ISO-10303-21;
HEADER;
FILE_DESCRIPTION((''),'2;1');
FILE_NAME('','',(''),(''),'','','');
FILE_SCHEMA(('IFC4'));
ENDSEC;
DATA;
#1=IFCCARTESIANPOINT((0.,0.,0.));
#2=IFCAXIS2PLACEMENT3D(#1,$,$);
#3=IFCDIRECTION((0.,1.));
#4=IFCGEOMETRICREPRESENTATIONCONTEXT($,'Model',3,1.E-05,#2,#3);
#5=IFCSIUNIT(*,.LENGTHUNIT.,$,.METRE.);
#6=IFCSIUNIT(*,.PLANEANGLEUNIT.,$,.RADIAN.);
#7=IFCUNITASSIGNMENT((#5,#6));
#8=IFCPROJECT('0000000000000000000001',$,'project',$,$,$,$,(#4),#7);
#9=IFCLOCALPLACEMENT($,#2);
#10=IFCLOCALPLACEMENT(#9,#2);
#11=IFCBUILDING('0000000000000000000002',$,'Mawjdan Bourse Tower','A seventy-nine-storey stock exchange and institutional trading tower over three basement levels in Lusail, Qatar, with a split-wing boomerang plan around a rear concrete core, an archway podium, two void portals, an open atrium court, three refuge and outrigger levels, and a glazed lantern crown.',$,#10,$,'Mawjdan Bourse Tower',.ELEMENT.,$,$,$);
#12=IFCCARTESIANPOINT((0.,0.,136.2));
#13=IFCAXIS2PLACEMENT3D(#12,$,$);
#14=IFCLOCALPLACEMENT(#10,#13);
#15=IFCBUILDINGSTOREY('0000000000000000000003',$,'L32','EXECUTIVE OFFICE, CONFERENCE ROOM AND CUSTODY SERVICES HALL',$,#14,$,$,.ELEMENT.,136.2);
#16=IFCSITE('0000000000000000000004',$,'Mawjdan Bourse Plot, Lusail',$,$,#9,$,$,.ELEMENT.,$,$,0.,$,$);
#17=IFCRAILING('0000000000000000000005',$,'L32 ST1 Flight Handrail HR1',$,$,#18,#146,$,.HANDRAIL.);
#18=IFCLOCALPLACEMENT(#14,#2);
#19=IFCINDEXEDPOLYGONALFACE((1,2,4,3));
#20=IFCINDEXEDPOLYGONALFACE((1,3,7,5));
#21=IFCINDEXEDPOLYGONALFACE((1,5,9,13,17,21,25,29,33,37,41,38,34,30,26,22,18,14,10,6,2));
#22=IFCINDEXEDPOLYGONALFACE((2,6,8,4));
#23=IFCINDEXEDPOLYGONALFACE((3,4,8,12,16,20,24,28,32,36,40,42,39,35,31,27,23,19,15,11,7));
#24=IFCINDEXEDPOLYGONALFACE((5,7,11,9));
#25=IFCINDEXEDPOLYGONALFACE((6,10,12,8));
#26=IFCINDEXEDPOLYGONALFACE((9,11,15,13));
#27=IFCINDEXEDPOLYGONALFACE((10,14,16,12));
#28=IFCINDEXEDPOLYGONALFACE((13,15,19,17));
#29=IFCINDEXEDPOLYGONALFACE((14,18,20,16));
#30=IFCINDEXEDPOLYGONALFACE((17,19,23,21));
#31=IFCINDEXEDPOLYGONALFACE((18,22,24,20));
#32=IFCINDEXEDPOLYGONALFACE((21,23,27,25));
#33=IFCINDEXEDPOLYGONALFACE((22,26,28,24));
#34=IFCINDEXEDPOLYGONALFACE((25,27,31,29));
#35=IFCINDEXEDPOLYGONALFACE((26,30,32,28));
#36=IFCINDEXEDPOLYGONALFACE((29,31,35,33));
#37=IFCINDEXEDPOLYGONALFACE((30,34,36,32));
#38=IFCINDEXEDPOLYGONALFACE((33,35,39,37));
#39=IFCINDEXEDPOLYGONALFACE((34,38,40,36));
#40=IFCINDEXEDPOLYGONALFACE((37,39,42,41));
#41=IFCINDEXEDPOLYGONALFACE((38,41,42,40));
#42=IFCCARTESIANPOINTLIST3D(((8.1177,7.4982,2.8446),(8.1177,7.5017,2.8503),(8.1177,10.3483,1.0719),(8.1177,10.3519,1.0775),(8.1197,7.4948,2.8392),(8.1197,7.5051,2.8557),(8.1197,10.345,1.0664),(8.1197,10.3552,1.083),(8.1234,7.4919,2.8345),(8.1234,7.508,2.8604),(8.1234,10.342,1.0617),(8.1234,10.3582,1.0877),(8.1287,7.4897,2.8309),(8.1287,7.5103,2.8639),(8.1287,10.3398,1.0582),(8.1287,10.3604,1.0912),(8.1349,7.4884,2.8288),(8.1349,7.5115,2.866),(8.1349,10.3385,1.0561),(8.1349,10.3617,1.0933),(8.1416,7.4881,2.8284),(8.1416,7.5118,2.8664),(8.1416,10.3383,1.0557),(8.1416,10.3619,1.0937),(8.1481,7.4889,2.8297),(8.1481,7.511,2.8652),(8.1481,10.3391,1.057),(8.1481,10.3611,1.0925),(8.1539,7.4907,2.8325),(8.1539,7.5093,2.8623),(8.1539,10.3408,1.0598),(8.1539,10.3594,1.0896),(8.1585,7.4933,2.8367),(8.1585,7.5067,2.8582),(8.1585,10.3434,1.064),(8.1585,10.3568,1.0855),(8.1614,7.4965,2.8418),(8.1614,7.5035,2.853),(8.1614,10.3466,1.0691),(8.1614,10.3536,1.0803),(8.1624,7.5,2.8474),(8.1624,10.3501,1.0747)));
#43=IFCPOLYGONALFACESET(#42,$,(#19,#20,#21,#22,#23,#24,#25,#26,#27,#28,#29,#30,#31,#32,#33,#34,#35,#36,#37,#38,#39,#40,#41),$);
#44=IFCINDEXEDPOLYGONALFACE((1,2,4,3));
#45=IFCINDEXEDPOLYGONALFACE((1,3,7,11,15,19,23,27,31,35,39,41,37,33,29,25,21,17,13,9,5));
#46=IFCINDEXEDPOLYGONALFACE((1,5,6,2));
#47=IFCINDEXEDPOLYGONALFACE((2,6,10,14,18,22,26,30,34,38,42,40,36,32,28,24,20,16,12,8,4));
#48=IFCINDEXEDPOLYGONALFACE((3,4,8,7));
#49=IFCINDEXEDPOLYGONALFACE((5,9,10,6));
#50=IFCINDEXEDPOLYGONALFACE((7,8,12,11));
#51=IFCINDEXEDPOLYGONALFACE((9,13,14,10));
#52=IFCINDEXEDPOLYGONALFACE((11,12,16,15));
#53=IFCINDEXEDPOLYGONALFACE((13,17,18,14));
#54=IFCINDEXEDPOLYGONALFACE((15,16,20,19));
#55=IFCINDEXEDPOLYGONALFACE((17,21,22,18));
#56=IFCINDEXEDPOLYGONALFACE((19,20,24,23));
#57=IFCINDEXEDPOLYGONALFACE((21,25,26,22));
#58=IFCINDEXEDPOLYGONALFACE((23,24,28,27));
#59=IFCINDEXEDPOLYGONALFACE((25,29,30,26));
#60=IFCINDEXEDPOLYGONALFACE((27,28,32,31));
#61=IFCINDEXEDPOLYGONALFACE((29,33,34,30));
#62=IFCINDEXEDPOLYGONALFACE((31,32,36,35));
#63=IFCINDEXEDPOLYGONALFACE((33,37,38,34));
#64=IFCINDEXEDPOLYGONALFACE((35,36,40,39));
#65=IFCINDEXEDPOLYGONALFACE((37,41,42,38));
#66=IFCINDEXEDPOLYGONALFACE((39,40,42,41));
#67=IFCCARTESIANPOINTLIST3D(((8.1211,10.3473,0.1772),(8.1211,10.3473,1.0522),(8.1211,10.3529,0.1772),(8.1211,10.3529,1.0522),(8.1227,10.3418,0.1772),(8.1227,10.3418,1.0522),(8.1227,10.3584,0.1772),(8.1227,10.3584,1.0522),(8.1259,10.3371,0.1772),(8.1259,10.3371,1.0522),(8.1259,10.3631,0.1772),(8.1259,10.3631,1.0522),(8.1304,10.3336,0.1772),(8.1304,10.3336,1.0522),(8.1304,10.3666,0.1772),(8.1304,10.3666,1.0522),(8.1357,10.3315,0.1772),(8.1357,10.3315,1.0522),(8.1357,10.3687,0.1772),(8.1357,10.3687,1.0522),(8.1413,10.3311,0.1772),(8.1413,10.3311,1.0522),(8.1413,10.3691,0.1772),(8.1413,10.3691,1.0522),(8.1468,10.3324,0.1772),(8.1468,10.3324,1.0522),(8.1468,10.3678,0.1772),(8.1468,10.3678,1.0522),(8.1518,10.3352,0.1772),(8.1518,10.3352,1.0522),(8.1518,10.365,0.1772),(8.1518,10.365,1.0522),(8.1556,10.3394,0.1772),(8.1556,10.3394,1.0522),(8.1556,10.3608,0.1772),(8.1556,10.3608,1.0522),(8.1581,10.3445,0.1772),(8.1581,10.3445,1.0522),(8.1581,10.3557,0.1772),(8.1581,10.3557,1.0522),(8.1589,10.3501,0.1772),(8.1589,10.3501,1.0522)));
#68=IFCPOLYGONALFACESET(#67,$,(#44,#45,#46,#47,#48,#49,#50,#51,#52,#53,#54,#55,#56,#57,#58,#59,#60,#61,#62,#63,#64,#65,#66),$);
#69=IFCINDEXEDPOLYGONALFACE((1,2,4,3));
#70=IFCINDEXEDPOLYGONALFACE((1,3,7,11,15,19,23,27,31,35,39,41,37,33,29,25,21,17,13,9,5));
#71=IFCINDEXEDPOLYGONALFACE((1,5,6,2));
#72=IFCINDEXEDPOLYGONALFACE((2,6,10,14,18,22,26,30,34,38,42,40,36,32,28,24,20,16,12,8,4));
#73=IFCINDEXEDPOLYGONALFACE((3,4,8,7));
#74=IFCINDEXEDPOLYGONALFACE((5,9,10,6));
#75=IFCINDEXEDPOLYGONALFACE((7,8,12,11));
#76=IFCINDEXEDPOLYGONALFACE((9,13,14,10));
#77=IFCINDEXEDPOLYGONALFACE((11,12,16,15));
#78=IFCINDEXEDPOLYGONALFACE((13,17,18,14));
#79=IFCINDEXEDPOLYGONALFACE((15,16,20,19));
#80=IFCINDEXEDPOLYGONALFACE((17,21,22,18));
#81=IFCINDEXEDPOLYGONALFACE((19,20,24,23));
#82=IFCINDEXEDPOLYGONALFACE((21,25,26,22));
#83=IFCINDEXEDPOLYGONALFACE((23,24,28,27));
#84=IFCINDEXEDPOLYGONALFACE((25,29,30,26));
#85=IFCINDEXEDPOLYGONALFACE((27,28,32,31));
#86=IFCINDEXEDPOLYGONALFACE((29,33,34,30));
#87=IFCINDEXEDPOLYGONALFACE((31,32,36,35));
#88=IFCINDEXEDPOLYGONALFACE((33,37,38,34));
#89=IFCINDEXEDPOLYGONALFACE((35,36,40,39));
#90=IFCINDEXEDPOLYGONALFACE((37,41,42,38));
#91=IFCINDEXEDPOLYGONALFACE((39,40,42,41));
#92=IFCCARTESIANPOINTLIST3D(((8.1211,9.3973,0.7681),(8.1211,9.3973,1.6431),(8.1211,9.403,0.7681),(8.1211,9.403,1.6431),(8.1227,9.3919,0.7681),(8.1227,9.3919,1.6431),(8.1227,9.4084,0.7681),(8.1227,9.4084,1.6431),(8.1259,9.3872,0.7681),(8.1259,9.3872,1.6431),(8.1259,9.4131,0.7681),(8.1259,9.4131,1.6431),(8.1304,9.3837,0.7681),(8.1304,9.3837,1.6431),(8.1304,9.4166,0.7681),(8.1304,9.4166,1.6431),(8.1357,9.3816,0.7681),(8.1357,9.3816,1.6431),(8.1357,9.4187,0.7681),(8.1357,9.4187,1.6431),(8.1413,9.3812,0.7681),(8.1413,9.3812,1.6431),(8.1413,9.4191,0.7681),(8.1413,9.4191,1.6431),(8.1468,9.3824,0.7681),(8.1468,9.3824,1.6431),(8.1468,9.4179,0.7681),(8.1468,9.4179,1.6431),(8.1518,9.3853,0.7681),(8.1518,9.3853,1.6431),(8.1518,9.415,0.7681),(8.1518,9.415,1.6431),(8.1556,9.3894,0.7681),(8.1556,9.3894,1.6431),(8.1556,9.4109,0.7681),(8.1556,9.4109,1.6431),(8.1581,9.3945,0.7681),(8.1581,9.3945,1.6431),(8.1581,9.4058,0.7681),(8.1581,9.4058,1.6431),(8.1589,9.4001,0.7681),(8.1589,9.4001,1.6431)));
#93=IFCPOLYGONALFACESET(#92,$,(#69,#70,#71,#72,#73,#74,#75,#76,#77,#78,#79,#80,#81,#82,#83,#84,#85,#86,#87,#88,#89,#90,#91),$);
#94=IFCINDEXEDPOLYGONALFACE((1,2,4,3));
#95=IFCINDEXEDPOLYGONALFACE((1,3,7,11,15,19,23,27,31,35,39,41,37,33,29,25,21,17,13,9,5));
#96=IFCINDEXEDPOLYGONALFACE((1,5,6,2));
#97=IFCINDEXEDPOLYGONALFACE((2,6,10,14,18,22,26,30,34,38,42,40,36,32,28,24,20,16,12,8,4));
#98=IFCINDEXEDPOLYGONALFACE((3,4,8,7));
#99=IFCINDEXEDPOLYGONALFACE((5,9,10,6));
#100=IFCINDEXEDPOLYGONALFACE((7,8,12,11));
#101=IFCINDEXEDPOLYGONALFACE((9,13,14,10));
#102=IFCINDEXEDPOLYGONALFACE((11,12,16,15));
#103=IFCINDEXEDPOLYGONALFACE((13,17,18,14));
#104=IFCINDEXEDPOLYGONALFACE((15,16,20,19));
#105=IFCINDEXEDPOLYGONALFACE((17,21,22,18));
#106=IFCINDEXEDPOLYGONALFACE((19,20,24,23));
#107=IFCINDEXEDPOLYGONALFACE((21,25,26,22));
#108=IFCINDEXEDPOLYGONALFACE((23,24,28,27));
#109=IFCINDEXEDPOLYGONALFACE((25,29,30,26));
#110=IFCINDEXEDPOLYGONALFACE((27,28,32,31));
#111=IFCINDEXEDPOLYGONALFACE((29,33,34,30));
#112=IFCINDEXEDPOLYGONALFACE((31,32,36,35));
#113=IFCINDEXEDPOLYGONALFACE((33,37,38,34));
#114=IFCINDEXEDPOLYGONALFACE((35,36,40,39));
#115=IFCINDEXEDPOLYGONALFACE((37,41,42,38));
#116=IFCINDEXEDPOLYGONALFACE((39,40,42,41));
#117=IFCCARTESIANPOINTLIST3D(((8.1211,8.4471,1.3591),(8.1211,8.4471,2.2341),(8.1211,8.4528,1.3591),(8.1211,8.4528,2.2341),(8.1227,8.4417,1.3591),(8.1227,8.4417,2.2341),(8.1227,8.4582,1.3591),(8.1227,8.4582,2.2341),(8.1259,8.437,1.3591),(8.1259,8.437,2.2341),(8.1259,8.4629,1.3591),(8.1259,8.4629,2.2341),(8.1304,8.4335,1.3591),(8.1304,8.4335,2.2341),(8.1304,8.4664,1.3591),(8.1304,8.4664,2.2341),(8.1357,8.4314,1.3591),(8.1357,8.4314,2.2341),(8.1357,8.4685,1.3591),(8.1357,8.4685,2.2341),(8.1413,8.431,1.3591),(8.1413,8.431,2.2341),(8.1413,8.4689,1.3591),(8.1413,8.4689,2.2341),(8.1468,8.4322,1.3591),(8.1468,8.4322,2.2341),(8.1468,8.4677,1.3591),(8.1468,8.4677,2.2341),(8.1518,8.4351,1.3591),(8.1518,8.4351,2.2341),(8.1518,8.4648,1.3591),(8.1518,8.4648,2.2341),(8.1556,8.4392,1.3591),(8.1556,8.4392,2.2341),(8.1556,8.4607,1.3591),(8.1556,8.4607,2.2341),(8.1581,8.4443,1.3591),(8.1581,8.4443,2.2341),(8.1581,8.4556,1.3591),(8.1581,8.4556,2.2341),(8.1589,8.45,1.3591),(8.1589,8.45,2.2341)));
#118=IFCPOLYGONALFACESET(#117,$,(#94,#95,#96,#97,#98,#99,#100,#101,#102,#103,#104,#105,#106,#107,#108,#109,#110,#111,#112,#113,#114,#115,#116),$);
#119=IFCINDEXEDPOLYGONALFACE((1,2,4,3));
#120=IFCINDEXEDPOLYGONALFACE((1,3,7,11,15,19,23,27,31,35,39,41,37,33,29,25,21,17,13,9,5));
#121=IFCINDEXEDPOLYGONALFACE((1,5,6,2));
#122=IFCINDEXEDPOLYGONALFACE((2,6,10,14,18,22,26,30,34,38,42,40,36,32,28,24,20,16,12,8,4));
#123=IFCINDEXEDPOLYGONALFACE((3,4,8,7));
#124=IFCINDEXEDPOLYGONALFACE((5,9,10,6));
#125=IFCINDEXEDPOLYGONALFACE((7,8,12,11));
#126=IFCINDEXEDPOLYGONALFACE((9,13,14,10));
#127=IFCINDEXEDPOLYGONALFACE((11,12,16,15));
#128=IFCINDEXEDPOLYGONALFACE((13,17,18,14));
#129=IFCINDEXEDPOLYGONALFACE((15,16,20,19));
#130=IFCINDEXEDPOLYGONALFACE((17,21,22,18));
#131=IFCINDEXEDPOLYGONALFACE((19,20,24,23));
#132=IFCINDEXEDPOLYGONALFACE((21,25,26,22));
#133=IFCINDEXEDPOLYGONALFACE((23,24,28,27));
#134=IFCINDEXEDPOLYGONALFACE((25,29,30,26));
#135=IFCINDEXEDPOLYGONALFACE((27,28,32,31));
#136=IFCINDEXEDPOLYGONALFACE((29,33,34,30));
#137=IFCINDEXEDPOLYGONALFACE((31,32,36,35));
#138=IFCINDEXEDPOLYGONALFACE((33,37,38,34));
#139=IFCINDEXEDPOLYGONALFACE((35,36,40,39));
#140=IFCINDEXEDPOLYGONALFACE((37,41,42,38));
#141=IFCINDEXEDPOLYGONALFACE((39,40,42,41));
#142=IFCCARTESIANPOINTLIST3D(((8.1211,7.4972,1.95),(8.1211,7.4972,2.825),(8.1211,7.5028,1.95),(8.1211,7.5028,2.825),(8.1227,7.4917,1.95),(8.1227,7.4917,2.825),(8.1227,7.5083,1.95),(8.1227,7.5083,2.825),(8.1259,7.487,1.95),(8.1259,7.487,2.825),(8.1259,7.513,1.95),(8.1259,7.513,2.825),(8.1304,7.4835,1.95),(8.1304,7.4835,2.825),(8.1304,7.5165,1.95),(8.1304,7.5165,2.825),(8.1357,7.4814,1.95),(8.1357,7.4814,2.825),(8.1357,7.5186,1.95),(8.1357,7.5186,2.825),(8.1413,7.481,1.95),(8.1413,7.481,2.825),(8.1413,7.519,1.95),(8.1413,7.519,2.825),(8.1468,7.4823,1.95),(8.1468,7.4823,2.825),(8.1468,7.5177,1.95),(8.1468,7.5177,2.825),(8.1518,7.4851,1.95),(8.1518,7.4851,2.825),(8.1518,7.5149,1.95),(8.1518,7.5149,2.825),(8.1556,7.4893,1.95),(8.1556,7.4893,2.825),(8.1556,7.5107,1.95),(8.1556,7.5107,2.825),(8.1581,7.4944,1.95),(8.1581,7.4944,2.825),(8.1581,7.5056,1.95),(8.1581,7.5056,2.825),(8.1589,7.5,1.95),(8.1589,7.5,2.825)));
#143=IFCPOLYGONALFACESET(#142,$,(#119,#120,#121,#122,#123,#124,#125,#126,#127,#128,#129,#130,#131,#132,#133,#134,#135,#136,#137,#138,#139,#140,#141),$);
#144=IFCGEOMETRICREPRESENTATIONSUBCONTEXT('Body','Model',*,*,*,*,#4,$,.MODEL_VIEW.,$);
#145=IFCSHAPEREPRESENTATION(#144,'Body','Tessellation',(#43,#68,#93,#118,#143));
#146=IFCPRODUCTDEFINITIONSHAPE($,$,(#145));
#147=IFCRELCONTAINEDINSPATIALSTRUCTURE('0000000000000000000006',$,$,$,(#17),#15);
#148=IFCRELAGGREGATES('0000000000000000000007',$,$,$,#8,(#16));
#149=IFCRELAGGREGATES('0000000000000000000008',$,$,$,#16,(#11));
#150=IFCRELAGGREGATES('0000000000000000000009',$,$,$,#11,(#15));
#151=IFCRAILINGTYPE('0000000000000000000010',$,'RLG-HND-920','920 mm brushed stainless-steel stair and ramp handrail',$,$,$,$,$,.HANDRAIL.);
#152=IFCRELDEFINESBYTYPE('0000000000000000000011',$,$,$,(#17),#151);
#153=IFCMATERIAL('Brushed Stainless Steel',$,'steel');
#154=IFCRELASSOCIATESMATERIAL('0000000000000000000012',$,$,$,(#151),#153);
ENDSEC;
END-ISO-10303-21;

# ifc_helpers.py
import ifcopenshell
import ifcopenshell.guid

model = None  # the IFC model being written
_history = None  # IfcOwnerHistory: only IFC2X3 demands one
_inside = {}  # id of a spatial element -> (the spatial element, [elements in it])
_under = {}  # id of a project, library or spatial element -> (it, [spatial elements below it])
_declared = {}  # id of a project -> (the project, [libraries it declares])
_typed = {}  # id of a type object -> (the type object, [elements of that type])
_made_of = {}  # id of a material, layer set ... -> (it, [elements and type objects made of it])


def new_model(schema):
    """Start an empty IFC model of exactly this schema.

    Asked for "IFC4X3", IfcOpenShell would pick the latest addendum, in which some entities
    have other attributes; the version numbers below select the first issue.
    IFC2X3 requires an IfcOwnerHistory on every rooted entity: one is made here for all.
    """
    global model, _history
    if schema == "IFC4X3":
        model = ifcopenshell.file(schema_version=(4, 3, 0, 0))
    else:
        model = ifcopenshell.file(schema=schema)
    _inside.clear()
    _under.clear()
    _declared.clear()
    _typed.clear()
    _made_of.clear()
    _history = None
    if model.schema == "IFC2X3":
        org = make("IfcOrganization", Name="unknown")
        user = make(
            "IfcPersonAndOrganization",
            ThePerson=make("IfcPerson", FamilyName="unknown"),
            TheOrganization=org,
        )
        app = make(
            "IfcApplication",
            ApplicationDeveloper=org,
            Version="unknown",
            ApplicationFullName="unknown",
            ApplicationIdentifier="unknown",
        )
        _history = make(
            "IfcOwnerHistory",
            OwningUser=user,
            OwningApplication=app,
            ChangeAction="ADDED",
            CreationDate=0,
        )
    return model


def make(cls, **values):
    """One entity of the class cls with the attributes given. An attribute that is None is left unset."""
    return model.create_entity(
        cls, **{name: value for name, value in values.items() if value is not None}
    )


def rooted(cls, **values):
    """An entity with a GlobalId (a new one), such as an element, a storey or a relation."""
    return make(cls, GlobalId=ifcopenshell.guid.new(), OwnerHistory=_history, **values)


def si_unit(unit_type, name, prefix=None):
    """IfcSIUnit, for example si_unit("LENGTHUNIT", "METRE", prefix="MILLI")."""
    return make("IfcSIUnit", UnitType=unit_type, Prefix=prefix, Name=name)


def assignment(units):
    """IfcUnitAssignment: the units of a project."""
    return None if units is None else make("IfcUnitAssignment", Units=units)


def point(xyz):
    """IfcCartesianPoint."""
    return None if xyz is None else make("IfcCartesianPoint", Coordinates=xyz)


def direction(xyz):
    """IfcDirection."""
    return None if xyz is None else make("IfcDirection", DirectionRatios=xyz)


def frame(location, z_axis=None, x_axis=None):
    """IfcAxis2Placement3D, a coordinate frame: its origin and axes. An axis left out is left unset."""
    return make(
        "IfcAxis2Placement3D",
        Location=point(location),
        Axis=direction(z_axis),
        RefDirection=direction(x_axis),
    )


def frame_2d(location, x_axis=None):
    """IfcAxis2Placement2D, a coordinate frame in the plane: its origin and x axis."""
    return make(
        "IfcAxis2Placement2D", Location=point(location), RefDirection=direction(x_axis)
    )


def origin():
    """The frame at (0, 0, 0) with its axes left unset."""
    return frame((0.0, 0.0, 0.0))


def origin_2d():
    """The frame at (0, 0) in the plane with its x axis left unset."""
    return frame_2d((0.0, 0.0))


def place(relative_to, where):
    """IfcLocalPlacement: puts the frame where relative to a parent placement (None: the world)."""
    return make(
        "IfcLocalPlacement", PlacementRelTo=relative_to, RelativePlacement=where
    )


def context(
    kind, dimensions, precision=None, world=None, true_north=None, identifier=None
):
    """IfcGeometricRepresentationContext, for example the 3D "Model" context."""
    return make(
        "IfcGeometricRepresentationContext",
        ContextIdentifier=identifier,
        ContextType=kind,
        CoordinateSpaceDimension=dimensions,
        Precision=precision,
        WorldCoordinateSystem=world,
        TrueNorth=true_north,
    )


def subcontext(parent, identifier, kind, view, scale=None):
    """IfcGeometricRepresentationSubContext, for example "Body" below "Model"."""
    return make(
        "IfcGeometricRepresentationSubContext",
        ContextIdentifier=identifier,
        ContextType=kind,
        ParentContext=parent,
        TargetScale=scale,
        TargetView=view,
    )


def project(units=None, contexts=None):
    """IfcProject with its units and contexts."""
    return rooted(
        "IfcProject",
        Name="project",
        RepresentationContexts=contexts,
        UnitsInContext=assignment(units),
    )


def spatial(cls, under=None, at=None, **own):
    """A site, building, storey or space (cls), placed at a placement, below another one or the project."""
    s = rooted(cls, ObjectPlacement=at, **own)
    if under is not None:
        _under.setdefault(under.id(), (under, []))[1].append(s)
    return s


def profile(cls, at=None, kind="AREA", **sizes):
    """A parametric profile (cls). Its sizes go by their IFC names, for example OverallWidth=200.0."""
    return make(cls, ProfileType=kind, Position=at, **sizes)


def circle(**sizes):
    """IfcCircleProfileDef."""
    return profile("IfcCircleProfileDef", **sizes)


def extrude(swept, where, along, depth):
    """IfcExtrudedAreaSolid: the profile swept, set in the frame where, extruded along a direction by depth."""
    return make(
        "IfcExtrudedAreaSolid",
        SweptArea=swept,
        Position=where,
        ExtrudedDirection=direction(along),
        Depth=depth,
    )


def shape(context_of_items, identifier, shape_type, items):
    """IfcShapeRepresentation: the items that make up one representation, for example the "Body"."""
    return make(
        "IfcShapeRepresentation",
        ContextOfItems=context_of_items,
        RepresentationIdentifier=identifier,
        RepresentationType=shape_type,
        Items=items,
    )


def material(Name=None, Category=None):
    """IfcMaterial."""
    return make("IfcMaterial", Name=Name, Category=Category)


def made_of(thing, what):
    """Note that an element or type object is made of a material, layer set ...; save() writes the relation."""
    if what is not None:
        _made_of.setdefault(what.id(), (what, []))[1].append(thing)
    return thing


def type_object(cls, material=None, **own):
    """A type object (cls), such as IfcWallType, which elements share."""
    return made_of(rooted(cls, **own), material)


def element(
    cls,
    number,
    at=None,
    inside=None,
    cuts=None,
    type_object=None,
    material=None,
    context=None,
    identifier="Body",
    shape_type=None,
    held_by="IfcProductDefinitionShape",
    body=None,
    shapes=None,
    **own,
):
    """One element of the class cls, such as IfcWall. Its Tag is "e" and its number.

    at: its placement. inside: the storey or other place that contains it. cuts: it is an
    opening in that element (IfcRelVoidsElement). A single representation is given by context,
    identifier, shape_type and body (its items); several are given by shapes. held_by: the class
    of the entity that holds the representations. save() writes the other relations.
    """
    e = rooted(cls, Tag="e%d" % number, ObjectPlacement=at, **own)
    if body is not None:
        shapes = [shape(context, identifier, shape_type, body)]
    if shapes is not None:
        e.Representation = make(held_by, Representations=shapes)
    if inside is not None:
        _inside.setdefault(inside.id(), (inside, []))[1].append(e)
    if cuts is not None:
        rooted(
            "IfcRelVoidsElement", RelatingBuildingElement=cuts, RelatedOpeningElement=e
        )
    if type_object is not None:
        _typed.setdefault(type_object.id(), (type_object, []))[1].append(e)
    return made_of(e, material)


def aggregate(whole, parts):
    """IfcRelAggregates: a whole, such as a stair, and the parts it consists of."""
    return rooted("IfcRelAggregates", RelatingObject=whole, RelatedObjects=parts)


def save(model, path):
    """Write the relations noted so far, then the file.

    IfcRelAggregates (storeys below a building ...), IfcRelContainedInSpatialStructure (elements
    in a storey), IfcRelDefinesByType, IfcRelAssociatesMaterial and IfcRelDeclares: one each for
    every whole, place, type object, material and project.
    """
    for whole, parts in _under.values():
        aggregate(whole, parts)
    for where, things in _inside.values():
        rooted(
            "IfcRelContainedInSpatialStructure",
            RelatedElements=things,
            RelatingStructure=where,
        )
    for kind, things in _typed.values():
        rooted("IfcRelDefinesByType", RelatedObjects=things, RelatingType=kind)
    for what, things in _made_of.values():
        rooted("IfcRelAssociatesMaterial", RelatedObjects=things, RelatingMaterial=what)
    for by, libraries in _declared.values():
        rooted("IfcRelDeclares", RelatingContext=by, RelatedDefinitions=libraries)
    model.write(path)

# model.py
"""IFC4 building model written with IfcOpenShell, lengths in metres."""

from ifc_helpers import new_model, si_unit, direction, frame, origin, origin_2d, place, context, subcontext, project, spatial, circle, extrude, material, type_object, element, save


model = new_model("IFC4")

# Units and contexts
model_context = context("Model", 3, precision=1e-05, world=origin(), true_north=direction((0.0, 1.0)))
body_context = subcontext(model_context, "Body", "Model", "MODEL_VIEW")
ifc_project = project(units=[si_unit("LENGTHUNIT", "METRE"), si_unit("PLANEANGLEUNIT", "RADIAN")], contexts=[model_context])

# Site, building, storey
site_placement = place(None, origin())
site = spatial("IfcSite", under=ifc_project, at=site_placement, Name="Mawjdan Bourse Plot, Lusail", CompositionType="ELEMENT", RefElevation=0.0)
building_placement = place(site_placement, origin())
building = spatial("IfcBuilding", under=site, at=building_placement, Name="Mawjdan Bourse Tower", Description="A seventy-nine-storey stock exchange and institutional trading tower over three basement levels in Lusail, Qatar, with a split-wing boomerang plan around a rear concrete core, an archway podium, two void portals, an open atrium court, three refuge and outrigger levels, and a glazed lantern crown.", LongName="Mawjdan Bourse Tower", CompositionType="ELEMENT")
storey_placement = place(building_placement, frame((0.0, 0.0, 136.2)))
storey = spatial("IfcBuildingStorey", under=building, at=storey_placement, Name="L32", Description="EXECUTIVE OFFICE, CONFERENCE ROOM AND CUSTODY SERVICES HALL", CompositionType="ELEMENT", Elevation=136.2)

# Railing
ifc_material_1 = material(Name="Brushed Stainless Steel", Category="steel")
railing_type_1 = type_object("IfcRailingType", Name="RLG-HND-920", Description="920 mm brushed stainless-steel stair and ramp handrail", PredefinedType="HANDRAIL", material=ifc_material_1)
railing_placement = place(storey_placement, frame((8.1399, 10.3501, 0.1772)))
element("IfcRailing", 1, at=railing_placement, inside=storey, type_object=railing_type_1, Name="L32 ST1 Flight Handrail HR1", PredefinedType="HANDRAIL", context=body_context, shape_type="SweptSolid", body=[
    extrude(circle(Radius=0.0225, at=origin_2d()), frame((0.0, 0.0, 0.8975), z_axis=(0.0, -0.849149, 0.528154), x_axis=(1.0, 0.0, 0.0)), (0.0, 0.0, 1.0), 3.3564),
    extrude(circle(Radius=0.019, at=origin_2d()), origin(), (0.0, 0.0, 1.0), 0.875),
    extrude(circle(Radius=0.019, at=origin_2d()), frame((0.0, -0.95, 0.5908)), (0.0, 0.0, 1.0), 0.875),
    extrude(circle(Radius=0.019, at=origin_2d()), frame((0.0, -1.9001, 1.1819)), (0.0, 0.0, 1.0), 0.875),
    extrude(circle(Radius=0.019, at=origin_2d()), frame((0.0, -2.8501, 1.7727)), (0.0, 0.0, 1.0), 0.875),
])

save(model, "model.ifc")
